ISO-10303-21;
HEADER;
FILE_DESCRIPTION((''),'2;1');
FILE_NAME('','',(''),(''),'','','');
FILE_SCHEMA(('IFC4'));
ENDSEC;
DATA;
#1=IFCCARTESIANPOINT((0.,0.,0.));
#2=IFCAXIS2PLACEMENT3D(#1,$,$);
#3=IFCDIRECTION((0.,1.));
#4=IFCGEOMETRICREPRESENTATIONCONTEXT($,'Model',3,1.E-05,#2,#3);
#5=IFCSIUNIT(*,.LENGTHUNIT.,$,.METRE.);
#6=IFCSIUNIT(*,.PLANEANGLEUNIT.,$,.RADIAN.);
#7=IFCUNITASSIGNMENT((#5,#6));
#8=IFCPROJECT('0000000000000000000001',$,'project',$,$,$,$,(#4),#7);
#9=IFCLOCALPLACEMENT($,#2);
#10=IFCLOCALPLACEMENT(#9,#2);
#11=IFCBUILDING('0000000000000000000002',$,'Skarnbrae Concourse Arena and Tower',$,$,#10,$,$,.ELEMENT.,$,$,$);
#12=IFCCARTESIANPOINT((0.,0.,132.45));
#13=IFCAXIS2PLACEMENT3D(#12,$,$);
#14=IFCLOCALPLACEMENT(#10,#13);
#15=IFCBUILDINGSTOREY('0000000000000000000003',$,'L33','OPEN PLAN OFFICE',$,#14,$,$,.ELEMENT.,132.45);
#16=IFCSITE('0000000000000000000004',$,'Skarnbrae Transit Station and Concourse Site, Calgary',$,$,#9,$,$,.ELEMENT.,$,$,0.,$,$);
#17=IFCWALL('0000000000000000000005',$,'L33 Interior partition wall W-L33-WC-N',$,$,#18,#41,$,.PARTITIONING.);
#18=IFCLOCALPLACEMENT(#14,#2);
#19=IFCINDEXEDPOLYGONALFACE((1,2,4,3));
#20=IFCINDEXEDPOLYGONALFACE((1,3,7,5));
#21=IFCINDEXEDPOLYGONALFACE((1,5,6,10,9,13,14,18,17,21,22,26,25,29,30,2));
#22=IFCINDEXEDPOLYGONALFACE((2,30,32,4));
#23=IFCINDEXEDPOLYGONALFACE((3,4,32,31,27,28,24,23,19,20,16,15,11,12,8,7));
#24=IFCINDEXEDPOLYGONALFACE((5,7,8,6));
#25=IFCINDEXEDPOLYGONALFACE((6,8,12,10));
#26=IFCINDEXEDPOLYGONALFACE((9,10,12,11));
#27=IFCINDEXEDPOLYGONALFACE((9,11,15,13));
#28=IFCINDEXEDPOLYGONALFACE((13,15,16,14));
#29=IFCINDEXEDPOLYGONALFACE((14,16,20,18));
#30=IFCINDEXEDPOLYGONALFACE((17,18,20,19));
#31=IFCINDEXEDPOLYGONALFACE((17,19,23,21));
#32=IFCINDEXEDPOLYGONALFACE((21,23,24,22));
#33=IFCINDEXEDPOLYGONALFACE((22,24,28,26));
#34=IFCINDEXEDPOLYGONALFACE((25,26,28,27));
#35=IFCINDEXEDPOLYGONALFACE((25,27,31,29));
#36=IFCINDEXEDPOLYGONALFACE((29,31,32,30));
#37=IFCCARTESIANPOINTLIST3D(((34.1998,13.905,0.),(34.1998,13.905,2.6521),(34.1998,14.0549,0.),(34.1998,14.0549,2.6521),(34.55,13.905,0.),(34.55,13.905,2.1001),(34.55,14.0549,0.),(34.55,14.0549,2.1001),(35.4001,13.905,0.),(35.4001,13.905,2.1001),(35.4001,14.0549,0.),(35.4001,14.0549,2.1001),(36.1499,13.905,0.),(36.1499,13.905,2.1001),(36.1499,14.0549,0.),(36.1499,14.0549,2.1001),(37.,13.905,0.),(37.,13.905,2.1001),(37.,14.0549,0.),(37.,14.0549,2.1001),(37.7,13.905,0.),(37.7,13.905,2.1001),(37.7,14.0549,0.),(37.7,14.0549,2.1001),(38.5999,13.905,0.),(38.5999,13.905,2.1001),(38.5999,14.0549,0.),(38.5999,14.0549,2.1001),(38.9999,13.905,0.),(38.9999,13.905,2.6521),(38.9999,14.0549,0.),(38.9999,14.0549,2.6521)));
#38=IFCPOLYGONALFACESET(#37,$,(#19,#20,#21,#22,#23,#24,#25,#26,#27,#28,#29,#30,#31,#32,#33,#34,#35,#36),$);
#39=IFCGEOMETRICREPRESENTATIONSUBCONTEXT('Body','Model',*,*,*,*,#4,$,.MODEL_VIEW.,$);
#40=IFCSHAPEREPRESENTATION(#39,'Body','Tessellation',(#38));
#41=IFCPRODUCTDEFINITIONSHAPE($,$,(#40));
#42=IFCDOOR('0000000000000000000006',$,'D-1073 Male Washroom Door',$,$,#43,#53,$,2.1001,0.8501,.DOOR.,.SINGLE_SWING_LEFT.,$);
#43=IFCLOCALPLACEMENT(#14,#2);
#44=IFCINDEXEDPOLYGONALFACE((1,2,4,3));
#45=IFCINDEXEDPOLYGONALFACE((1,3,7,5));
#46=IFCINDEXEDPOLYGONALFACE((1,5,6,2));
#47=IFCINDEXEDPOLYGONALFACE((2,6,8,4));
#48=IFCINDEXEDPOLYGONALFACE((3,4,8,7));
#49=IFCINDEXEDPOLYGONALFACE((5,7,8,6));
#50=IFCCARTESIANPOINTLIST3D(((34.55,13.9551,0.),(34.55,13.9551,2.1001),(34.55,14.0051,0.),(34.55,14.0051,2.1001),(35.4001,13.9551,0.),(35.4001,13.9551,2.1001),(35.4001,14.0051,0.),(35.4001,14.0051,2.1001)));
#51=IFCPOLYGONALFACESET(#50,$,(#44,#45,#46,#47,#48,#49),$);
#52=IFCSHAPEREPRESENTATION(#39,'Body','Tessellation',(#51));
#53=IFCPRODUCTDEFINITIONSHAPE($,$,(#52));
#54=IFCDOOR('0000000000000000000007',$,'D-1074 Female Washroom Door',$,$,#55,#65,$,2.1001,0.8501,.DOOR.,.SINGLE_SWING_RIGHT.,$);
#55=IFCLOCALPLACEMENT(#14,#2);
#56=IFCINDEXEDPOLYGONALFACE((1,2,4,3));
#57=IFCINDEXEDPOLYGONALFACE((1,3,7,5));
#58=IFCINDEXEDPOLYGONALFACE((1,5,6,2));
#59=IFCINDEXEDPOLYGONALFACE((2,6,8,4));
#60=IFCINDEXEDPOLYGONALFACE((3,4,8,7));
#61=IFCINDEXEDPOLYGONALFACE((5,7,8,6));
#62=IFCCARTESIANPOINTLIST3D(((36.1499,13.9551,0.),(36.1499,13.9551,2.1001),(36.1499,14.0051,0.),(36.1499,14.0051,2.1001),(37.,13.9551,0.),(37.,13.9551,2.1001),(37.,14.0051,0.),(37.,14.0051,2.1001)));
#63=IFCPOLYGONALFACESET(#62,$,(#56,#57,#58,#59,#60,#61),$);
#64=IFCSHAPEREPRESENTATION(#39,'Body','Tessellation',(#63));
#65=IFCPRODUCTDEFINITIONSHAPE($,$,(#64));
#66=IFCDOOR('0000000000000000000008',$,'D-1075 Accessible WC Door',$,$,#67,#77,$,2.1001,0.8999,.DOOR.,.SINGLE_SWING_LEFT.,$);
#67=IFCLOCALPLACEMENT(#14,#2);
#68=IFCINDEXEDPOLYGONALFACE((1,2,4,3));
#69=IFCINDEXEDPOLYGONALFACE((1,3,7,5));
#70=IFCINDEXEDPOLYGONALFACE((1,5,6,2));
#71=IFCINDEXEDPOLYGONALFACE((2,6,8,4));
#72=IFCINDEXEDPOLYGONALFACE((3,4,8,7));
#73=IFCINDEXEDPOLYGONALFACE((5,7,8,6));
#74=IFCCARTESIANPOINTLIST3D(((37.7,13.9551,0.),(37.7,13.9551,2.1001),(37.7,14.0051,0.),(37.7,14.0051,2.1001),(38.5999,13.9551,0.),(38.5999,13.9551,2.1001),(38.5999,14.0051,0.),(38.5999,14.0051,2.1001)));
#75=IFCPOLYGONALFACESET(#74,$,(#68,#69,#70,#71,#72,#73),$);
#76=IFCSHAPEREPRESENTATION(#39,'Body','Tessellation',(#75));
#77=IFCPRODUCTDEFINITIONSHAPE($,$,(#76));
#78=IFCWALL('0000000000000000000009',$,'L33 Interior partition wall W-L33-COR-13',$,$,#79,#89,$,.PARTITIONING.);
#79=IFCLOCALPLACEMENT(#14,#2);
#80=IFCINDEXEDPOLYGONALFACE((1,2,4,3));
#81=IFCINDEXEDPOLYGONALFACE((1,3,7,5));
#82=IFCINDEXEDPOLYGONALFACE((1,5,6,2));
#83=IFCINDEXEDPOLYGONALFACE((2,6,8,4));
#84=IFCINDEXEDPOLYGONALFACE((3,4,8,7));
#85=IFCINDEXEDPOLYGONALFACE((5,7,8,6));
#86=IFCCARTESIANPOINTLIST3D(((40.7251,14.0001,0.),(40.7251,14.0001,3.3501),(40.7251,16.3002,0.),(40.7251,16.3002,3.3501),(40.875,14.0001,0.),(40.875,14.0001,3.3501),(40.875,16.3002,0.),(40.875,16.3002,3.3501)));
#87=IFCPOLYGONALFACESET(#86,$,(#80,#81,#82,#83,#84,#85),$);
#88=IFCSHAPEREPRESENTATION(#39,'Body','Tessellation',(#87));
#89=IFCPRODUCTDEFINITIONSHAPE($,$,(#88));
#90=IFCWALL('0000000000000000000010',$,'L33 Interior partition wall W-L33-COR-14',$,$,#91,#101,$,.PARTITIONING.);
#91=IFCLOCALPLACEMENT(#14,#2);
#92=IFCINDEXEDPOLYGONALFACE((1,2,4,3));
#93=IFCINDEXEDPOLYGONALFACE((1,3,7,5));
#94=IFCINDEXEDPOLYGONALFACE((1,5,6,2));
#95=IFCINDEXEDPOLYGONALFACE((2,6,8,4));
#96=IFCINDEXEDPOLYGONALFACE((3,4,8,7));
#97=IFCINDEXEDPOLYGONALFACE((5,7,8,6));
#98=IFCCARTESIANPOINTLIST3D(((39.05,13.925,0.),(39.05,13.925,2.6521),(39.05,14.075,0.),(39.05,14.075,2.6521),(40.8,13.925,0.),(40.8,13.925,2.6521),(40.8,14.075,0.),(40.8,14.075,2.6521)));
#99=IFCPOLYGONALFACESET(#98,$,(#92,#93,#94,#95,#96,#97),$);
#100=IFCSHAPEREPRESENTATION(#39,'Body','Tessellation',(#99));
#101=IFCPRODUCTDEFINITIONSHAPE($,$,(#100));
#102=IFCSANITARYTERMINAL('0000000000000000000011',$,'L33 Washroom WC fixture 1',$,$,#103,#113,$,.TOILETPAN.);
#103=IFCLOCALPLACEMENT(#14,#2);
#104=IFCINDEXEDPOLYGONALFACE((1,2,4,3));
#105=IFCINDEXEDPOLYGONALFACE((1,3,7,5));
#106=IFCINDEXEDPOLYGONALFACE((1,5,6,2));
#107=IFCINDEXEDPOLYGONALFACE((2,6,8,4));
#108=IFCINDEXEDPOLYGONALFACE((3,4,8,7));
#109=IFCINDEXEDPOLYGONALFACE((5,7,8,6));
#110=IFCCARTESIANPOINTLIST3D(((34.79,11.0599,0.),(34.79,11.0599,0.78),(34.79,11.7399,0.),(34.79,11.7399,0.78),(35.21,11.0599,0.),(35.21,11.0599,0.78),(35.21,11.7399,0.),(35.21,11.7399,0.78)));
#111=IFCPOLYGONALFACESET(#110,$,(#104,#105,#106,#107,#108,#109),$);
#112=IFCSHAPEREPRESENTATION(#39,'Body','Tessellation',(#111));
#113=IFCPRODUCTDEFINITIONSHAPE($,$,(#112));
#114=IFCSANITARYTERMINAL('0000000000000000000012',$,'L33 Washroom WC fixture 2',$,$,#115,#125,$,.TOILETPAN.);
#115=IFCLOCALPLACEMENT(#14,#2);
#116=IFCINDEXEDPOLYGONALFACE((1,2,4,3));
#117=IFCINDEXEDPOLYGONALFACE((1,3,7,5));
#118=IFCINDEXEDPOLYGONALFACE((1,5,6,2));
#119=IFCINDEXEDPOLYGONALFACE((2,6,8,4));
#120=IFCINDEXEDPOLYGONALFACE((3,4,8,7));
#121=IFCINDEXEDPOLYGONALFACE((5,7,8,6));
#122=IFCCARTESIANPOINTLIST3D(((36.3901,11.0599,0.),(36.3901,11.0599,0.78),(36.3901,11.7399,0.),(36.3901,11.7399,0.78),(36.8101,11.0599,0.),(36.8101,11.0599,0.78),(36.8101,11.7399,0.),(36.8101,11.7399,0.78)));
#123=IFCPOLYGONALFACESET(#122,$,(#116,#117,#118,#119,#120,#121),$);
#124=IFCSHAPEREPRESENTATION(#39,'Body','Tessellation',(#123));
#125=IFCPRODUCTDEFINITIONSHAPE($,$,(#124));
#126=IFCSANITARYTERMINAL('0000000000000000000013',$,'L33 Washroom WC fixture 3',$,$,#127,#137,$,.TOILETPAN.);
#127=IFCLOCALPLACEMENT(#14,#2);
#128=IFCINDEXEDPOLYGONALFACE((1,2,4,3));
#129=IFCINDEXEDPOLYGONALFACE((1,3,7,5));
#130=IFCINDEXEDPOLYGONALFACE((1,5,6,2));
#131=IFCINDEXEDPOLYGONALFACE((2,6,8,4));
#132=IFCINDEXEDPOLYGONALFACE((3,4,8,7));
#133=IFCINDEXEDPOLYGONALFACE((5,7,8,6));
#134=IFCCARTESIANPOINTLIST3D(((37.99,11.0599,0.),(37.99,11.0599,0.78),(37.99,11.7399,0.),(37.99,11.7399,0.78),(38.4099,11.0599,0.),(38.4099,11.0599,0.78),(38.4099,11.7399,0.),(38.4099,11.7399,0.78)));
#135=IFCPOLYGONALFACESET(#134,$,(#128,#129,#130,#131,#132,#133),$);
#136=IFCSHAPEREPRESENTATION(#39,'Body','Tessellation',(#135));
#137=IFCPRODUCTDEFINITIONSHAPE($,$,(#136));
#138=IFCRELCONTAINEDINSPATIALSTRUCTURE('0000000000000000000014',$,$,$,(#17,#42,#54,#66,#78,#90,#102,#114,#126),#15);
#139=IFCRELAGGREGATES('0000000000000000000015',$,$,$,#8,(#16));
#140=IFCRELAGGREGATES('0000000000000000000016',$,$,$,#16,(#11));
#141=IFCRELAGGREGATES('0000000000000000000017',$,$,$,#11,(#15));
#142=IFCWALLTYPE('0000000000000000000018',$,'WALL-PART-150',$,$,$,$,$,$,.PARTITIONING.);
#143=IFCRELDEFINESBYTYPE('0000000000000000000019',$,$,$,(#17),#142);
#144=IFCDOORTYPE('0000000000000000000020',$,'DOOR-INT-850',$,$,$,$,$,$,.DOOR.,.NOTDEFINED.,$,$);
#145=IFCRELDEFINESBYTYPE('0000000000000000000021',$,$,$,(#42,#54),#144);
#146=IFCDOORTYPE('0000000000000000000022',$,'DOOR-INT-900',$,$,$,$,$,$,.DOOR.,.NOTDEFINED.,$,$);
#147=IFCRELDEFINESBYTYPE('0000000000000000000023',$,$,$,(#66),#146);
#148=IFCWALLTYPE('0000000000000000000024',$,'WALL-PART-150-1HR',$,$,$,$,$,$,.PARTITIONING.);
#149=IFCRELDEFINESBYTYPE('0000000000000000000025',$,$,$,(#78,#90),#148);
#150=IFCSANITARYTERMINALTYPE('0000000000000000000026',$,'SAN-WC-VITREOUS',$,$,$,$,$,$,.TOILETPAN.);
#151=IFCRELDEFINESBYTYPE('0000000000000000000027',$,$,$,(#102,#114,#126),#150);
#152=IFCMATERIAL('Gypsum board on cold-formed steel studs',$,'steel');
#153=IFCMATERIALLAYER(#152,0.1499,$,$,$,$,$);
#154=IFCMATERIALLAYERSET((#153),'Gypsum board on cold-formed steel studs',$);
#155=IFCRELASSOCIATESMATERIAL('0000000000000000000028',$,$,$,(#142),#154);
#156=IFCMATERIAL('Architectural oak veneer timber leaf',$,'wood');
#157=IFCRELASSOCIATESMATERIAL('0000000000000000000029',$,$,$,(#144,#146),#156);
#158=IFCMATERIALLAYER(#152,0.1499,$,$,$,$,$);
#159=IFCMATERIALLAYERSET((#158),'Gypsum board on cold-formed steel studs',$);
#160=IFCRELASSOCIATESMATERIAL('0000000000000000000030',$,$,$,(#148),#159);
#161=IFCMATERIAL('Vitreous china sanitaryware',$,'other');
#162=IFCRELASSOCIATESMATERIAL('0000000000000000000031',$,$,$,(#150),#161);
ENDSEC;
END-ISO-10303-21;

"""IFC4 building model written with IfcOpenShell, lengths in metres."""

from ifc_helpers import new_model, si_unit, direction, frame, frame_2d, origin, origin_2d, place, context, subcontext, project, spatial, rectangle, extrude, source, transform, mapped, material, layer, layer_set, type_object, element, fill, save


model = new_model("IFC4")

# Units and contexts
model_context = context("Model", 3, precision=1e-05, world=origin(), true_north=direction((0.0, 1.0)))
body_context = subcontext(model_context, "Body", "Model", "MODEL_VIEW")
ifc_project = project(units=[si_unit("LENGTHUNIT", "METRE"), si_unit("PLANEANGLEUNIT", "RADIAN")], contexts=[model_context])

# Site, building, storey
site_placement = place(None, origin())
site = spatial("IfcSite", under=ifc_project, at=site_placement, Name="Skarnbrae Transit Station and Concourse Site, Calgary", CompositionType="ELEMENT", RefElevation=0.0)
building_placement = place(site_placement, origin())
building = spatial("IfcBuilding", under=site, at=building_placement, Name="Skarnbrae Concourse Arena and Tower", CompositionType="ELEMENT")
storey_placement = place(building_placement, frame((0.0, 0.0, 132.45)))
storey = spatial("IfcBuildingStorey", under=building, at=storey_placement, Name="L33", Description="OPEN PLAN OFFICE", CompositionType="ELEMENT", Elevation=132.45)

# Wall, openings, doors
ifc_material_1 = material(Name="Gypsum board on cold-formed steel studs", Category="steel")
ifc_layer_1 = layer(ifc_material_1, 0.1499)
ifc_layer_set_1 = layer_set([ifc_layer_1], Name="Gypsum board on cold-formed steel studs")
wall_type_1 = type_object("IfcWallType", Name="WALL-PART-150", PredefinedType="PARTITIONING", material=ifc_layer_set_1)
shared_shape_1 = source(origin(), body_context, "Body", "SweptSolid", [
    extrude(rectangle(XDim=4.8, YDim=0.1499, at=frame_2d((2.3999, 0.0))), origin(), (0.0, 0.0, 1.0), 2.6521),
])
wall_1_placement = place(storey_placement, frame((34.2, 13.98, 0.0), z_axis=(0.0, 0.0, 1.0), x_axis=(1.0, 0.0, 0.0)))
wall_1 = element("IfcWall", 1, at=wall_1_placement, inside=storey, type_object=wall_type_1, Name="L33 Interior partition wall W-L33-WC-N", PredefinedType="PARTITIONING", context=body_context, shape_type="MappedRepresentation", body=[
    mapped(shared_shape_1, transform((0.0, 0.0, 0.0))),
])
opening_1_placement = place(wall_1_placement, frame((0.3501, 0.0, 0.0)))
opening_1 = element("IfcOpeningElement", 2, at=opening_1_placement, cuts=wall_1, PredefinedType="OPENING", context=body_context, shape_type="SweptSolid", body=[
    extrude(rectangle(XDim=0.8501, YDim=2.1001, at=frame_2d((0.425, 1.05))), frame((0.0, 0.085, 0.0), z_axis=(0.0, -1.0, 0.0), x_axis=(1.0, 0.0, 0.0)), (0.0, 0.0, 1.0), 0.1699),
])
opening_2_placement = place(wall_1_placement, frame((1.95, 0.0, 0.0)))
opening_2 = element("IfcOpeningElement", 3, at=opening_2_placement, cuts=wall_1, PredefinedType="OPENING", context=body_context, shape_type="SweptSolid", body=[
    extrude(rectangle(XDim=0.8501, YDim=2.1001, at=frame_2d((0.425, 1.05))), frame((0.0, 0.085, 0.0), z_axis=(0.0, -1.0, 0.0), x_axis=(1.0, 0.0, 0.0)), (0.0, 0.0, 1.0), 0.1699),
])
opening_3_placement = place(wall_1_placement, frame((3.5, 0.0, 0.0)))
opening_3 = element("IfcOpeningElement", 4, at=opening_3_placement, cuts=wall_1, PredefinedType="OPENING", context=body_context, shape_type="SweptSolid", body=[
    extrude(rectangle(XDim=0.8999, YDim=2.1001, at=frame_2d((0.45, 1.05))), frame((0.0, 0.085, 0.0), z_axis=(0.0, -1.0, 0.0), x_axis=(1.0, 0.0, 0.0)), (0.0, 0.0, 1.0), 0.1699),
])
ifc_material_2 = material(Name="Architectural oak veneer timber leaf", Category="wood")
door_type_1 = type_object("IfcDoorType", Name="DOOR-INT-850", OperationType="NOTDEFINED", PredefinedType="DOOR", material=ifc_material_2)
shared_shape_2 = source(origin(), body_context, "Body", "SweptSolid", [
    extrude(rectangle(XDim=0.8501, YDim=2.1001, at=frame_2d((0.425, 1.05))), frame((0.0, 0.0249, 0.0), z_axis=(0.0, -1.0, 0.0), x_axis=(1.0, 0.0, 0.0)), (0.0, 0.0, 1.0), 0.05),
])
door_1_placement = place(opening_1_placement, frame((0.8501, 0.0, 0.0), z_axis=(0.0, 0.0, 1.0), x_axis=(-1.0, 0.0, 0.0)))
door_1 = element("IfcDoor", 5, at=door_1_placement, inside=storey, type_object=door_type_1, Name="D-1073 Male Washroom Door", OperationType="SINGLE_SWING_LEFT", OverallHeight=2.1001, OverallWidth=0.8501, PredefinedType="DOOR", context=body_context, shape_type="MappedRepresentation", body=[
    mapped(shared_shape_2, transform((0.0, 0.0, 0.0))),
])
fill(opening_1, door_1)
door_2_placement = place(opening_2_placement, frame((0.8501, 0.0, 0.0), z_axis=(0.0, 0.0, 1.0), x_axis=(-1.0, 0.0, 0.0)))
door_2 = element("IfcDoor", 6, at=door_2_placement, inside=storey, type_object=door_type_1, Name="D-1074 Female Washroom Door", OperationType="SINGLE_SWING_RIGHT", OverallHeight=2.1001, OverallWidth=0.8501, PredefinedType="DOOR", context=body_context, shape_type="MappedRepresentation", body=[
    mapped(shared_shape_2, transform((0.0, 0.0, 0.0))),
])
fill(opening_2, door_2)
door_type_2 = type_object("IfcDoorType", Name="DOOR-INT-900", OperationType="NOTDEFINED", PredefinedType="DOOR", material=ifc_material_2)
shared_shape_3 = source(origin(), body_context, "Body", "SweptSolid", [
    extrude(rectangle(XDim=0.8999, YDim=2.1001, at=frame_2d((0.45, 1.05))), frame((0.0, 0.0249, 0.0), z_axis=(0.0, -1.0, 0.0), x_axis=(1.0, 0.0, 0.0)), (0.0, 0.0, 1.0), 0.05),
])
door_3_placement = place(opening_3_placement, frame((0.8999, 0.0, 0.0), z_axis=(0.0, 0.0, 1.0), x_axis=(-1.0, 0.0, 0.0)))
door_3 = element("IfcDoor", 7, at=door_3_placement, inside=storey, type_object=door_type_2, Name="D-1075 Accessible WC Door", OperationType="SINGLE_SWING_LEFT", OverallHeight=2.1001, OverallWidth=0.8999, PredefinedType="DOOR", context=body_context, shape_type="MappedRepresentation", body=[
    mapped(shared_shape_3, transform((0.0, 0.0, 0.0))),
])
fill(opening_3, door_3)

# Walls
ifc_layer_2 = layer(ifc_material_1, 0.1499)
ifc_layer_set_2 = layer_set([ifc_layer_2], Name="Gypsum board on cold-formed steel studs")
wall_type_2 = type_object("IfcWallType", Name="WALL-PART-150-1HR", PredefinedType="PARTITIONING", material=ifc_layer_set_2)
shared_shape_4 = source(origin(), body_context, "Body", "SweptSolid", [
    extrude(rectangle(XDim=2.3, YDim=0.1499, at=frame_2d((1.1499, 0.0))), origin(), (0.0, 0.0, 1.0), 3.3501),
])
wall_2_placement = place(storey_placement, frame((40.8, 16.3, 0.0), z_axis=(0.0, 0.0, 1.0), x_axis=(0.0, -1.0, 0.0)))
element("IfcWall", 8, at=wall_2_placement, inside=storey, type_object=wall_type_2, Name="L33 Interior partition wall W-L33-COR-13", PredefinedType="PARTITIONING", context=body_context, shape_type="MappedRepresentation", body=[
    mapped(shared_shape_4, transform((0.0, 0.0, 0.0))),
])
shared_shape_5 = source(origin(), body_context, "Body", "SweptSolid", [
    extrude(rectangle(XDim=1.75, YDim=0.1499, at=frame_2d((0.875, 0.0))), origin(), (0.0, 0.0, 1.0), 2.6521),
])
wall_3_placement = place(storey_placement, frame((40.8, 14.0, 0.0), z_axis=(0.0, 0.0, 1.0), x_axis=(-1.0, 0.0, 0.0)))
element("IfcWall", 9, at=wall_3_placement, inside=storey, type_object=wall_type_2, Name="L33 Interior partition wall W-L33-COR-14", PredefinedType="PARTITIONING", context=body_context, shape_type="MappedRepresentation", body=[
    mapped(shared_shape_5, transform((0.0, 0.0, 0.0))),
])

# Sanitary terminals
ifc_material_3 = material(Name="Vitreous china sanitaryware", Category="other")
sanitary_terminal_type = type_object("IfcSanitaryTerminalType", Name="SAN-WC-VITREOUS", PredefinedType="TOILETPAN", material=ifc_material_3)
shared_shape_6 = source(origin(), body_context, "Body", "SweptSolid", [
    extrude(rectangle(XDim=0.4199, YDim=0.6799, at=origin_2d()), origin(), (0.0, 0.0, 1.0), 0.78),
])
for number, where, z_axis, x_axis, name in (
    (10, (35.0, 11.3999, 0.0), (0.0, 0.0, 1.0), (1.0, 0.0, 0.0), "L33 Washroom WC fixture 1"),
    (11, (36.6001, 11.3999, 0.0), (0.0, 0.0, 1.0), (1.0, 0.0, 0.0), "L33 Washroom WC fixture 2"),
    (12, (38.2, 11.3999, 0.0), (0.0, 0.0, 1.0), (1.0, 0.0, 0.0), "L33 Washroom WC fixture 3"),
):
    element("IfcSanitaryTerminal", number, at=place(storey_placement, frame(where, z_axis=z_axis, x_axis=x_axis)), inside=storey, type_object=sanitary_terminal_type, Name=name, PredefinedType="TOILETPAN", context=body_context, shape_type="MappedRepresentation", body=[
        mapped(shared_shape_6, transform((0.0, 0.0, 0.0))),
    ])

save(model, "model.ifc")
